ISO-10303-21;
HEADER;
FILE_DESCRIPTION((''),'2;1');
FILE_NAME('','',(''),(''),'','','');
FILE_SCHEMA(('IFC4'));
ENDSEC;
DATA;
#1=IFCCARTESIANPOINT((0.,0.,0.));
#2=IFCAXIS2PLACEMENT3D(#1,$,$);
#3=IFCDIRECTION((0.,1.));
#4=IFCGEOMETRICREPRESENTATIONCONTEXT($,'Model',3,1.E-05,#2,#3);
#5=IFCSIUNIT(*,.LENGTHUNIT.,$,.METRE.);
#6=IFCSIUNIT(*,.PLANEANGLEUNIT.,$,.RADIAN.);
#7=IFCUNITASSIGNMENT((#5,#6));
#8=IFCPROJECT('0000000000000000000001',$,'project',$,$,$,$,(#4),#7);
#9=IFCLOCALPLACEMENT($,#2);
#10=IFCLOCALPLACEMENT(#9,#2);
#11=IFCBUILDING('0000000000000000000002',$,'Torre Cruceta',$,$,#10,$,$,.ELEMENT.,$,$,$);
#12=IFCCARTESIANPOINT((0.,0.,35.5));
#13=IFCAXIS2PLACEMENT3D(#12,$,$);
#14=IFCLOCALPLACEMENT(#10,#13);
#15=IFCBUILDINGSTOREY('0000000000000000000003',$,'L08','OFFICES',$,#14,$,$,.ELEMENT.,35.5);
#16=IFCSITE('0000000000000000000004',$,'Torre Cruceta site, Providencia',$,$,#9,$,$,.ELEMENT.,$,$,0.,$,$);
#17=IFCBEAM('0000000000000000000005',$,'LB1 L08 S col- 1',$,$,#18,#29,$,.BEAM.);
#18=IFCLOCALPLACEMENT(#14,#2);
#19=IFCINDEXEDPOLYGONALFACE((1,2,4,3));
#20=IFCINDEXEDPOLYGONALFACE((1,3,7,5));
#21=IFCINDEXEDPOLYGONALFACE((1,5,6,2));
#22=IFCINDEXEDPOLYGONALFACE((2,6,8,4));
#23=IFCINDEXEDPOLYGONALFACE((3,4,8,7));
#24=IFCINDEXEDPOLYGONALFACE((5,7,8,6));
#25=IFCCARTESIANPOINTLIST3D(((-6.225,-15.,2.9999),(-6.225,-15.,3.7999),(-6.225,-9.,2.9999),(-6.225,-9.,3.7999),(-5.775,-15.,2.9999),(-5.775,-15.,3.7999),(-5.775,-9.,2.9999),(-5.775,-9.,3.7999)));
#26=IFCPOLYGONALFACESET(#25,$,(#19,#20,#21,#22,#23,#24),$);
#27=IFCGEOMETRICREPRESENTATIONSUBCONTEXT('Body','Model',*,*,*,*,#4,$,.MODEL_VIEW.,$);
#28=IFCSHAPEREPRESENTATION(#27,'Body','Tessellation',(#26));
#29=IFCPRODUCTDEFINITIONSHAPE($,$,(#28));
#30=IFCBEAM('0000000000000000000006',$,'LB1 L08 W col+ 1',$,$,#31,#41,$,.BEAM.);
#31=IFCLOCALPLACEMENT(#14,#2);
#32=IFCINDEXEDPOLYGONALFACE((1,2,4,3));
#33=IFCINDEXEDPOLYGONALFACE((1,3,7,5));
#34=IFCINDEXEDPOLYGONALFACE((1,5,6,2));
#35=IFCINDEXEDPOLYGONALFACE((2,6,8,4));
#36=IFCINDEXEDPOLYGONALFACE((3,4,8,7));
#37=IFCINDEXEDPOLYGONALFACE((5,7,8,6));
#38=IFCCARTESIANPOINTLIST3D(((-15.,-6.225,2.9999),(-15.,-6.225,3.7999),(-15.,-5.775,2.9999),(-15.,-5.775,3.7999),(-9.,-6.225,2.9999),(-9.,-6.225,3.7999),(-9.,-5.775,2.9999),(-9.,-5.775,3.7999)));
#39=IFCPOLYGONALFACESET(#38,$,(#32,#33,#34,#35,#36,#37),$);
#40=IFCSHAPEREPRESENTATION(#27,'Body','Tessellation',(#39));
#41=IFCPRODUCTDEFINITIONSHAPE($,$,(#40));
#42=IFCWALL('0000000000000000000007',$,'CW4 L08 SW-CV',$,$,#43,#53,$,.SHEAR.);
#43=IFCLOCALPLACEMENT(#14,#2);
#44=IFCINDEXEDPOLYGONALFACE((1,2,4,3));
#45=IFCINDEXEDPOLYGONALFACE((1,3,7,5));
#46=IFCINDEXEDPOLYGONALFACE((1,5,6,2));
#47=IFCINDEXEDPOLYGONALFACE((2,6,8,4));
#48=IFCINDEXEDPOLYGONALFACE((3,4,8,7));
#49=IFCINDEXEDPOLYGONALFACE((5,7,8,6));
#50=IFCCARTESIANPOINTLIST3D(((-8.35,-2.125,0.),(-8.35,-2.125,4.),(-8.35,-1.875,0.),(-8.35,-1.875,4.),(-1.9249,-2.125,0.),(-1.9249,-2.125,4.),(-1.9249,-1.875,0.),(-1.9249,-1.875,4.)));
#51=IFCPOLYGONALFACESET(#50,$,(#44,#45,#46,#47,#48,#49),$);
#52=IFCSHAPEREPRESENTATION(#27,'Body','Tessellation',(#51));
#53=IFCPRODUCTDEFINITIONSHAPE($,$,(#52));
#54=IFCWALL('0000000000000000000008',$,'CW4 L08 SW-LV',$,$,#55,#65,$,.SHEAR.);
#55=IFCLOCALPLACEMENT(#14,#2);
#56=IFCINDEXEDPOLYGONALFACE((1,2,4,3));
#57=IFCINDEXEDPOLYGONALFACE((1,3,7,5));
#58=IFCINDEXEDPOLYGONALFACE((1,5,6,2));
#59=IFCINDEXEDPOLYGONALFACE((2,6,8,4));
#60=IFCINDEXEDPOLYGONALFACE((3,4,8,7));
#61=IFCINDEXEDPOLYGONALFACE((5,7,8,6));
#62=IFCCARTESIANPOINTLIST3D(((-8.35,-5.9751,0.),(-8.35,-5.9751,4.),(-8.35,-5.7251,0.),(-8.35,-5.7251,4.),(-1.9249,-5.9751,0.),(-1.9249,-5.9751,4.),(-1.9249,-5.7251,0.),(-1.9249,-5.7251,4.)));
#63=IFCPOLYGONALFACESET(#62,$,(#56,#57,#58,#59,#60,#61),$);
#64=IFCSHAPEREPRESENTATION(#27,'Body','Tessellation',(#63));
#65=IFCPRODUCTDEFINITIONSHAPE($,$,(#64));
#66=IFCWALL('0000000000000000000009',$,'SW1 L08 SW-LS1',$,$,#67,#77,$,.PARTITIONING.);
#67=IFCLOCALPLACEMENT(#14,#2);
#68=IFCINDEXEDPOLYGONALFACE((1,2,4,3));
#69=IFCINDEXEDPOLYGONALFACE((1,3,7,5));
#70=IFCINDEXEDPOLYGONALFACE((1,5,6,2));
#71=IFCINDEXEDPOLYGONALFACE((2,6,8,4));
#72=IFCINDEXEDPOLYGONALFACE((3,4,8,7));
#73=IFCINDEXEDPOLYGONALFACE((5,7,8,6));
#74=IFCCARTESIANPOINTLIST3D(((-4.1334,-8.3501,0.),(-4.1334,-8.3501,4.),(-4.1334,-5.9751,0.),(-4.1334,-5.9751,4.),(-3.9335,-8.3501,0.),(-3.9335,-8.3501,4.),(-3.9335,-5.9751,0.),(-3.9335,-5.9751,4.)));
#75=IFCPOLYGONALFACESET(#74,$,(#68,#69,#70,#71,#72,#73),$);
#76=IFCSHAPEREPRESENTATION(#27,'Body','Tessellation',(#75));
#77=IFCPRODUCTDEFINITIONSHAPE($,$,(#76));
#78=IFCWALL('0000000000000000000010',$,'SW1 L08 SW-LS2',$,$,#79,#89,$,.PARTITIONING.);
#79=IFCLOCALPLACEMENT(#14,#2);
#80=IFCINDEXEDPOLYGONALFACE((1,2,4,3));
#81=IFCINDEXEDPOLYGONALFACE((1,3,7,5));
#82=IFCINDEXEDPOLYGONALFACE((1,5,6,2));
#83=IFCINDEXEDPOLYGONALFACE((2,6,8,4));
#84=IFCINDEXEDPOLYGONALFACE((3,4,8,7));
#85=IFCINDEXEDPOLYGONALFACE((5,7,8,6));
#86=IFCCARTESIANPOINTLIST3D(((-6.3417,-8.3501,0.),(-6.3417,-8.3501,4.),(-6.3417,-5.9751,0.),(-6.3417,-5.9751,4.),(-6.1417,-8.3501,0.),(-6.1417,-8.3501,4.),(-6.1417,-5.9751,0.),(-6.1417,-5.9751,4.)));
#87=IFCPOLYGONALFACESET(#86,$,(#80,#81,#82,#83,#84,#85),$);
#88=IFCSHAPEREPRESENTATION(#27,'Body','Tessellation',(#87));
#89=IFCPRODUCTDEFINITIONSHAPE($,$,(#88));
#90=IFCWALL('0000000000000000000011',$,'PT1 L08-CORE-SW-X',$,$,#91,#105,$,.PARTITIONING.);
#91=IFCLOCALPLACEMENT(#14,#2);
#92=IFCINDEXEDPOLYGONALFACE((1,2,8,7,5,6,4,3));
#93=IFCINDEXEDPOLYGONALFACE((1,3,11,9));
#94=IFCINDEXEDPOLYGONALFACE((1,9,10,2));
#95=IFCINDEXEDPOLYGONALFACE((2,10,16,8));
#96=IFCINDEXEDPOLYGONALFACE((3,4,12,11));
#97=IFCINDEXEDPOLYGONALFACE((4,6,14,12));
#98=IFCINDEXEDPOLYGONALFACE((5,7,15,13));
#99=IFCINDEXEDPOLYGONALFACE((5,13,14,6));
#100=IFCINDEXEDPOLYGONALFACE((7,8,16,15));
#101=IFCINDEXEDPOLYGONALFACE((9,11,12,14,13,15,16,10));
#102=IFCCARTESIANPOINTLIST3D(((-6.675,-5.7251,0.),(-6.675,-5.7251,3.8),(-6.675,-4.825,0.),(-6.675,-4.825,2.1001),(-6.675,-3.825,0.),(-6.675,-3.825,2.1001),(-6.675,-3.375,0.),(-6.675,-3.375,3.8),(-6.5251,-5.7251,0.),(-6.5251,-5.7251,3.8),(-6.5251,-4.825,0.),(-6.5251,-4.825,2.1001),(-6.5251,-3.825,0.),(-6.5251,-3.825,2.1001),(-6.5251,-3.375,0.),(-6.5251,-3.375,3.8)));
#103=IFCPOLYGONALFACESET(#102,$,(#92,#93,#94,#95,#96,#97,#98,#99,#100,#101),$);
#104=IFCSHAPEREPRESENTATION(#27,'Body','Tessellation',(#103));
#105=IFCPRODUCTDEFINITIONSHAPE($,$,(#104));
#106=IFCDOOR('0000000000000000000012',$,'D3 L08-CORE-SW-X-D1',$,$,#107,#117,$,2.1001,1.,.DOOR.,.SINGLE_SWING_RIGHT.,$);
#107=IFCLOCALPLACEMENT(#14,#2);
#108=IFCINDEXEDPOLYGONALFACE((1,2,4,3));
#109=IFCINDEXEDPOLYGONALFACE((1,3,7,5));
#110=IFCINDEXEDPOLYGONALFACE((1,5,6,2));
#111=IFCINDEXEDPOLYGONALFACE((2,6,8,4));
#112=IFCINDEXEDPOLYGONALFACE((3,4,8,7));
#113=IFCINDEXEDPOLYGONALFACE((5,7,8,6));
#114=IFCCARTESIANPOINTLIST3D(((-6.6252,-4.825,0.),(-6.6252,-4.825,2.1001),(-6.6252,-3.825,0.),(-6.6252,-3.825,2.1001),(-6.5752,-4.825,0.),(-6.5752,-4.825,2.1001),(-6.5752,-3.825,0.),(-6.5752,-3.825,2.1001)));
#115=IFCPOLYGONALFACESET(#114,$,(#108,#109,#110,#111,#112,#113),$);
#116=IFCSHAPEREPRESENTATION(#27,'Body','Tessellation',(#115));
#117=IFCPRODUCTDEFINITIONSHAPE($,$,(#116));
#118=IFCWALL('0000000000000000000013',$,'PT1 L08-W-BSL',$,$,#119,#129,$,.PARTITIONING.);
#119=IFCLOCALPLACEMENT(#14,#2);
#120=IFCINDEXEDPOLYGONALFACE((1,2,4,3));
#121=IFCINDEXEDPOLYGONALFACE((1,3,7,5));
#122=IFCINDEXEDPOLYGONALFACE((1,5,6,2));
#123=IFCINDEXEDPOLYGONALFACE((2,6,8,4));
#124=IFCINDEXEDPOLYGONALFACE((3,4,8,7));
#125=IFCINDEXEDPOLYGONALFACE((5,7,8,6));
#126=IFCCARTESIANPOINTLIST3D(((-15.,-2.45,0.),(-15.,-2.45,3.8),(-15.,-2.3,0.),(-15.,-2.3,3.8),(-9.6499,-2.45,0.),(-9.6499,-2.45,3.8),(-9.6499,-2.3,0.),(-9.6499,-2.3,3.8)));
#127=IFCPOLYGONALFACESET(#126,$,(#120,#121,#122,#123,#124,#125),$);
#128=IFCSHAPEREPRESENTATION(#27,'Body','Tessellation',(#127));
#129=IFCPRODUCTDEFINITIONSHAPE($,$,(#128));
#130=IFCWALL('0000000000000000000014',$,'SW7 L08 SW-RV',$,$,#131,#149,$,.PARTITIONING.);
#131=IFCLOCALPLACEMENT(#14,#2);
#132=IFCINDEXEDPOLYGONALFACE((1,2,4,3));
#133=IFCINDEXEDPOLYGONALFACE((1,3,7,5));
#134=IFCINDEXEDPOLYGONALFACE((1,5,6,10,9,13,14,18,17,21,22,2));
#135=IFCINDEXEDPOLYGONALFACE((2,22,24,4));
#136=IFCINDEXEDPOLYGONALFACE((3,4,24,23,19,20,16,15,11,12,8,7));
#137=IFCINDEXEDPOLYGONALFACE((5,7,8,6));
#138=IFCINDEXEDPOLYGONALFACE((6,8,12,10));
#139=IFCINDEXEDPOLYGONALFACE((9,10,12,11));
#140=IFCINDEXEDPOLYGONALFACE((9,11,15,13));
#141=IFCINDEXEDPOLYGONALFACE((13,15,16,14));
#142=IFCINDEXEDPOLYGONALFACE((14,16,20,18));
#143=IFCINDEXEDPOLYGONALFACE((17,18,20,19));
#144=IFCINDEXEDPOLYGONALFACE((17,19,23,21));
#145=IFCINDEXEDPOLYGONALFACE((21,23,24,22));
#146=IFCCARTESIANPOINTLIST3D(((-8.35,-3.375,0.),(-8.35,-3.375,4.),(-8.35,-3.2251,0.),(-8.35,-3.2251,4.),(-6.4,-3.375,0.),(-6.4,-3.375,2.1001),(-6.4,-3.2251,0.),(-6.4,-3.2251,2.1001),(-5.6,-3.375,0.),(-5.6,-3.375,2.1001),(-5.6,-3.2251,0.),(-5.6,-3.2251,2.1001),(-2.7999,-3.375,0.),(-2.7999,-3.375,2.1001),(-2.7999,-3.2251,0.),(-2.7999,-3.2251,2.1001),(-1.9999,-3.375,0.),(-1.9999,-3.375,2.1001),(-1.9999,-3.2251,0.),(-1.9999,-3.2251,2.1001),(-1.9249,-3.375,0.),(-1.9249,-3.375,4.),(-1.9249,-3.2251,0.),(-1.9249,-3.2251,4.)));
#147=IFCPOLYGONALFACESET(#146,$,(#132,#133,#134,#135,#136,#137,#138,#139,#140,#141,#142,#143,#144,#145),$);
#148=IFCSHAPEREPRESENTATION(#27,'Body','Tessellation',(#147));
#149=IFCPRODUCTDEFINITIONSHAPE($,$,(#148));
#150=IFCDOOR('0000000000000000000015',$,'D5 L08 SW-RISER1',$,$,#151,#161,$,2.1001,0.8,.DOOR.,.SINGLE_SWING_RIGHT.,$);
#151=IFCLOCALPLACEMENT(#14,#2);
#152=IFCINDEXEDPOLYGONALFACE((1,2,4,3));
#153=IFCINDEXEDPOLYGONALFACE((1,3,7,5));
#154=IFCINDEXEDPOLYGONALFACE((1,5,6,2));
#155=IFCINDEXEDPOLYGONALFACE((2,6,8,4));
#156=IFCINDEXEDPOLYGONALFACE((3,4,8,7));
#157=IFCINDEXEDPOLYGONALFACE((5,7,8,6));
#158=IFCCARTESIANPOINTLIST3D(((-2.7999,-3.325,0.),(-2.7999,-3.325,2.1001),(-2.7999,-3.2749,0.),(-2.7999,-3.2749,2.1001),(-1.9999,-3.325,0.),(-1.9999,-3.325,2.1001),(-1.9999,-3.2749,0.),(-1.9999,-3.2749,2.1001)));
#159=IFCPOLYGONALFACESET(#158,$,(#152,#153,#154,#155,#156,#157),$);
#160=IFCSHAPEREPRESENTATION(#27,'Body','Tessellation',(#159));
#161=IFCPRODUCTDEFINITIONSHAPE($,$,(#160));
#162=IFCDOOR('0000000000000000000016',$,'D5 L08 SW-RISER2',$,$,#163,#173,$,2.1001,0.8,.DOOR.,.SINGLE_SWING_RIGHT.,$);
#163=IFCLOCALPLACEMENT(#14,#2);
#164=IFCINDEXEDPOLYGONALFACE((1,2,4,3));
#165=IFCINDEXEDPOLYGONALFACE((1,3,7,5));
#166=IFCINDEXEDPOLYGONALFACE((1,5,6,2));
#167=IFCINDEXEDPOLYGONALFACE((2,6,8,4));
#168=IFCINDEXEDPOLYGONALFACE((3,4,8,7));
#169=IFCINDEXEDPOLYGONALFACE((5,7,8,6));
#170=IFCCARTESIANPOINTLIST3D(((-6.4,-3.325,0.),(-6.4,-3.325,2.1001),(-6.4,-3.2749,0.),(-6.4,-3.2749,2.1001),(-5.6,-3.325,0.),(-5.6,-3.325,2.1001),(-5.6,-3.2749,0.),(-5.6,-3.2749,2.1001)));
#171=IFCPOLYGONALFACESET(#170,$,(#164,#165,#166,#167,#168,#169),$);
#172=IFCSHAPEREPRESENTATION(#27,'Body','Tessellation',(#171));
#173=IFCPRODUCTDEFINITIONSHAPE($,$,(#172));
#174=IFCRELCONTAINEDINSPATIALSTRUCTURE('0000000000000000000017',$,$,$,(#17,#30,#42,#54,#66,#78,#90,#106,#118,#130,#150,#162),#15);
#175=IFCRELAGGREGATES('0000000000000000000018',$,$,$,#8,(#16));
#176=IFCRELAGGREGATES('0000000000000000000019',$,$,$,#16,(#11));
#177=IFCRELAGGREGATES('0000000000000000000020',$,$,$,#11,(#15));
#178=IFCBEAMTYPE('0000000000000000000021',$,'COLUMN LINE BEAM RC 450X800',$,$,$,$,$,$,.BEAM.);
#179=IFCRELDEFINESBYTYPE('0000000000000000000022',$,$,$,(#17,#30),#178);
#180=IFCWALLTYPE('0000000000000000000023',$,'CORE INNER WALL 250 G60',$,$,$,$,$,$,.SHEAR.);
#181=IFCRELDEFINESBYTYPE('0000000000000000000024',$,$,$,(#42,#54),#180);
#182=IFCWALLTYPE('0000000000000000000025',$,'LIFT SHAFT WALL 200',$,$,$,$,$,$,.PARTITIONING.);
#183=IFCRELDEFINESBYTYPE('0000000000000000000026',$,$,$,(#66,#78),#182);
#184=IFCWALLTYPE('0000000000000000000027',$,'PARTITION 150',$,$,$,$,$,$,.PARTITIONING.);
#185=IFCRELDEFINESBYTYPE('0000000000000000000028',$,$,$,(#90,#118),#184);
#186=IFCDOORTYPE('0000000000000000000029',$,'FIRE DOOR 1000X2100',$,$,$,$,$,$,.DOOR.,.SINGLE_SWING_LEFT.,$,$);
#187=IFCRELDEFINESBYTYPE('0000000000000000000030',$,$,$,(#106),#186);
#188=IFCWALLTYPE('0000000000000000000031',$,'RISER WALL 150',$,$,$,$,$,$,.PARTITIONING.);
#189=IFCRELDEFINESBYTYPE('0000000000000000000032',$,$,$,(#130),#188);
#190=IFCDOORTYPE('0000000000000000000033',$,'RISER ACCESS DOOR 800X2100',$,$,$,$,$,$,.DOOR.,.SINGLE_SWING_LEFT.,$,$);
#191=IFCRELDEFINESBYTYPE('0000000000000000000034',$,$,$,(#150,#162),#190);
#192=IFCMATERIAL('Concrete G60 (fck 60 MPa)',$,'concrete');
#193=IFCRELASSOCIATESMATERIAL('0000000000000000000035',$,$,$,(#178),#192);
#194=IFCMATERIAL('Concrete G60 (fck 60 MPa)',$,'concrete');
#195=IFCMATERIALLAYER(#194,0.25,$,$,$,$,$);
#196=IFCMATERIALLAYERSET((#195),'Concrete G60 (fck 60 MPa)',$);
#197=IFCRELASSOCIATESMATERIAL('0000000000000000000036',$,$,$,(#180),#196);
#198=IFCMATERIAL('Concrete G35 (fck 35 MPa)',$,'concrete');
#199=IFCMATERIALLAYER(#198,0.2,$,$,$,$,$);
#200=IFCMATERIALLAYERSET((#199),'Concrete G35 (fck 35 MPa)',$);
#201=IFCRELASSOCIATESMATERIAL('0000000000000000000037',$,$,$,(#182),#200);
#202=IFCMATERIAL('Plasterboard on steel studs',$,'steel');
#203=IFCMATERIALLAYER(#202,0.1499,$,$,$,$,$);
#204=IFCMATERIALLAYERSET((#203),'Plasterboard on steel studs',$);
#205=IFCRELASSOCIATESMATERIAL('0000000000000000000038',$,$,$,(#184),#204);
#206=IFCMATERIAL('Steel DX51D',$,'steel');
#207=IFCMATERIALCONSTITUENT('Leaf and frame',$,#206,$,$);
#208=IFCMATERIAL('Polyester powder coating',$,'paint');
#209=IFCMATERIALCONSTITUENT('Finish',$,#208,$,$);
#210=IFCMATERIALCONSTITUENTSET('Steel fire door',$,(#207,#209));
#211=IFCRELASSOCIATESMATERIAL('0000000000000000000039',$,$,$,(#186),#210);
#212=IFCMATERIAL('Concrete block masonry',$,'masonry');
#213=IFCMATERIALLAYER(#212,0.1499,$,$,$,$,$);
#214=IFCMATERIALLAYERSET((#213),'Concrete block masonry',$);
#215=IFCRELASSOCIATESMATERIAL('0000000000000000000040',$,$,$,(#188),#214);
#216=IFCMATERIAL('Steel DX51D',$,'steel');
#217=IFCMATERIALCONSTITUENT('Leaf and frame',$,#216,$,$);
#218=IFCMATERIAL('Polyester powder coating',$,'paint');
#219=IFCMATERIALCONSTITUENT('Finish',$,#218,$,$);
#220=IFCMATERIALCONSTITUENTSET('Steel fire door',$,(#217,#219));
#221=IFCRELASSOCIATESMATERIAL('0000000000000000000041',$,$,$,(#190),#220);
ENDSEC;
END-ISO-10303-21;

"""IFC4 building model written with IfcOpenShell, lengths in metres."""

from ifc_helpers import new_model, si_unit, direction, frame, frame_2d, origin, origin_2d, place, context, subcontext, project, spatial, rectangle, extrude, material, layer, layer_set, constituent, constituent_set, material_profile, profile_set, type_object, element, fill, save


model = new_model("IFC4")

# Units and contexts
model_context = context("Model", 3, precision=1e-05, world=origin(), true_north=direction((0.0, 1.0)))
body_context = subcontext(model_context, "Body", "Model", "MODEL_VIEW")
ifc_project = project(units=[si_unit("LENGTHUNIT", "METRE"), si_unit("PLANEANGLEUNIT", "RADIAN")], contexts=[model_context])

# Site, building, storey
site_placement = place(None, origin())
site = spatial("IfcSite", under=ifc_project, at=site_placement, Name="Torre Cruceta site, Providencia", CompositionType="ELEMENT", RefElevation=0.0)
building_placement = place(site_placement, origin())
building = spatial("IfcBuilding", under=site, at=building_placement, Name="Torre Cruceta", CompositionType="ELEMENT")
storey_placement = place(building_placement, frame((0.0, 0.0, 35.5)))
storey = spatial("IfcBuildingStorey", under=building, at=storey_placement, Name="L08", Description="OFFICES", CompositionType="ELEMENT", Elevation=35.5)

# Beams
ifc_material_1 = material(Name="Concrete G60 (fck 60 MPa)", Category="concrete")
ifc_material_profile = material_profile(ifc_material_1, rectangle(XDim=0.45, YDim=0.8, at=origin_2d()), Name="RC 450X800")
ifc_profile_set = profile_set([ifc_material_profile], Name="Concrete G60 (fck 60 MPa)")
beam_type = type_object("IfcBeamType", Name="COLUMN LINE BEAM RC 450X800", PredefinedType="BEAM", material=ifc_profile_set)
for number, where, z_axis, x_axis, name in (
    (1, (-6.0, -9.0, 3.3999), (0.0, -1.0, 0.0), (1.0, 0.0, 0.0), "LB1 L08 S col- 1"),
    (2, (-9.0, -6.0, 3.3999), (-1.0, 0.0, 0.0), (0.0, -1.0, 0.0), "LB1 L08 W col+ 1"),
):
    element("IfcBeam", number, at=place(storey_placement, frame(where, z_axis=z_axis, x_axis=x_axis)), inside=storey, type_object=beam_type, Name=name, PredefinedType="BEAM", context=body_context, shape_type="SweptSolid", body=[
        extrude(rectangle(XDim=0.45, YDim=0.8, at=origin_2d()), origin(), (0.0, 0.0, 1.0), 6.0),
    ])

# Shared definitions
ifc_material_2 = material(Name="Concrete G60 (fck 60 MPa)", Category="concrete")
ifc_layer_1 = layer(ifc_material_2, 0.25)
ifc_layer_set_1 = layer_set([ifc_layer_1], Name="Concrete G60 (fck 60 MPa)")
wall_type_1 = type_object("IfcWallType", Name="CORE INNER WALL 250 G60", PredefinedType="SHEAR", material=ifc_layer_set_1)

# Walls
for number, where, z_axis, x_axis, name in (
    (3, (-1.925, -2.0, 0.0), (0.0, 0.0, 1.0), (-1.0, 0.0, 0.0), "CW4 L08 SW-CV"),
    (4, (-1.925, -5.8501, 0.0), (0.0, 0.0, 1.0), (-1.0, 0.0, 0.0), "CW4 L08 SW-LV"),
):
    element("IfcWall", number, at=place(storey_placement, frame(where, z_axis=z_axis, x_axis=x_axis)), inside=storey, type_object=wall_type_1, Name=name, PredefinedType="SHEAR", context=body_context, shape_type="SweptSolid", body=[
        extrude(rectangle(XDim=6.425, YDim=0.25, at=frame_2d((3.2124, 0.0))), origin(), (0.0, 0.0, 1.0), 4.0),
    ])
ifc_material_3 = material(Name="Concrete G35 (fck 35 MPa)", Category="concrete")
ifc_layer_2 = layer(ifc_material_3, 0.2)
ifc_layer_set_2 = layer_set([ifc_layer_2], Name="Concrete G35 (fck 35 MPa)")
wall_type_2 = type_object("IfcWallType", Name="LIFT SHAFT WALL 200", PredefinedType="PARTITIONING", material=ifc_layer_set_2)
for number, where, z_axis, x_axis, name in (
    (5, (-4.0334, -5.9751, 0.0), (0.0, 0.0, 1.0), (0.0, -1.0, 0.0), "SW1 L08 SW-LS1"),
    (6, (-6.2417, -5.9751, 0.0), (0.0, 0.0, 1.0), (0.0, -1.0, 0.0), "SW1 L08 SW-LS2"),
):
    element("IfcWall", number, at=place(storey_placement, frame(where, z_axis=z_axis, x_axis=x_axis)), inside=storey, type_object=wall_type_2, Name=name, PredefinedType="PARTITIONING", context=body_context, shape_type="SweptSolid", body=[
        extrude(rectangle(XDim=2.375, YDim=0.2, at=frame_2d((1.1875, 0.0))), origin(), (0.0, 0.0, 1.0), 4.0),
    ])

# Wall, opening, door
ifc_material_4 = material(Name="Plasterboard on steel studs", Category="steel")
ifc_layer_3 = layer(ifc_material_4, 0.1499)
ifc_layer_set_3 = layer_set([ifc_layer_3], Name="Plasterboard on steel studs")
wall_type_3 = type_object("IfcWallType", Name="PARTITION 150", PredefinedType="PARTITIONING", material=ifc_layer_set_3)
wall_1_placement = place(storey_placement, frame((-6.6001, -3.375, 0.0), z_axis=(0.0, 0.0, 1.0), x_axis=(0.0, -1.0, 0.0)))
wall_1 = element("IfcWall", 7, at=wall_1_placement, inside=storey, type_object=wall_type_3, Name="PT1 L08-CORE-SW-X", PredefinedType="PARTITIONING", context=body_context, shape_type="SweptSolid", body=[
    extrude(rectangle(XDim=2.3501, YDim=0.1499, at=frame_2d((1.175, 0.0))), origin(), (0.0, 0.0, 1.0), 3.8),
])
opening_1_placement = place(wall_1_placement, frame((0.45, 0.0, 0.0)))
opening_1 = element("IfcOpeningElement", 8, at=opening_1_placement, cuts=wall_1, PredefinedType="OPENING", context=body_context, shape_type="SweptSolid", body=[
    extrude(rectangle(XDim=1.0, YDim=2.1001, at=frame_2d((0.5, 1.05))), frame((0.0, 0.085, 0.0), z_axis=(0.0, -1.0, 0.0), x_axis=(1.0, 0.0, 0.0)), (0.0, 0.0, 1.0), 0.1699),
])
ifc_material_5 = material(Name="Steel DX51D", Category="steel")
ifc_constituent_1 = constituent(ifc_material_5, Name="Leaf and frame")
ifc_material_6 = material(Name="Polyester powder coating", Category="paint")
ifc_constituent_2 = constituent(ifc_material_6, Name="Finish")
ifc_constituent_set_1 = constituent_set(constituents=[ifc_constituent_1, ifc_constituent_2], Name="Steel fire door")
door_type_1 = type_object("IfcDoorType", Name="FIRE DOOR 1000X2100", OperationType="SINGLE_SWING_LEFT", PredefinedType="DOOR", material=ifc_constituent_set_1)
door_1_placement = place(opening_1_placement, frame((1.0, 0.0, 0.0), z_axis=(0.0, 0.0, 1.0), x_axis=(-1.0, 0.0, 0.0)))
door_1 = element("IfcDoor", 9, at=door_1_placement, inside=storey, type_object=door_type_1, Name="D3 L08-CORE-SW-X-D1", OperationType="SINGLE_SWING_RIGHT", OverallHeight=2.1001, OverallWidth=1.0, PredefinedType="DOOR", context=body_context, shape_type="SweptSolid", body=[
    extrude(rectangle(XDim=1.0, YDim=2.1001, at=frame_2d((0.5, 1.05))), frame((0.0, 0.0251, 0.0), z_axis=(0.0, -1.0, 0.0), x_axis=(1.0, 0.0, 0.0)), (0.0, 0.0, 1.0), 0.05),
])
fill(opening_1, door_1)

# Wall
wall_2_placement = place(storey_placement, frame((-9.6499, -2.375, 0.0), z_axis=(0.0, 0.0, 1.0), x_axis=(-1.0, 0.0, 0.0)))
element("IfcWall", 10, at=wall_2_placement, inside=storey, type_object=wall_type_3, Name="PT1 L08-W-BSL", PredefinedType="PARTITIONING", context=body_context, shape_type="SweptSolid", body=[
    extrude(rectangle(XDim=5.3501, YDim=0.1499, at=frame_2d((2.675, 0.0))), origin(), (0.0, 0.0, 1.0), 3.8),
])

# Wall, openings, doors
ifc_material_7 = material(Name="Concrete block masonry", Category="masonry")
ifc_layer_4 = layer(ifc_material_7, 0.1499)
ifc_layer_set_4 = layer_set([ifc_layer_4], Name="Concrete block masonry")
wall_type_4 = type_object("IfcWallType", Name="RISER WALL 150", PredefinedType="PARTITIONING", material=ifc_layer_set_4)
wall_3_placement = place(storey_placement, frame((-1.925, -3.3, 0.0), z_axis=(0.0, 0.0, 1.0), x_axis=(-1.0, 0.0, 0.0)))
wall_3 = element("IfcWall", 11, at=wall_3_placement, inside=storey, type_object=wall_type_4, Name="SW7 L08 SW-RV", PredefinedType="PARTITIONING", context=body_context, shape_type="SweptSolid", body=[
    extrude(rectangle(XDim=6.425, YDim=0.1499, at=frame_2d((3.2124, 0.0))), origin(), (0.0, 0.0, 1.0), 4.0),
])
opening_2_placement = place(wall_3_placement, frame((0.075, 0.0, 0.0)))
opening_2 = element("IfcOpeningElement", 12, at=opening_2_placement, cuts=wall_3, PredefinedType="OPENING", context=body_context, shape_type="SweptSolid", body=[
    extrude(rectangle(XDim=0.8, YDim=2.1001, at=frame_2d((0.3999, 1.05))), frame((0.0, 0.085, 0.0), z_axis=(0.0, -1.0, 0.0), x_axis=(1.0, 0.0, 0.0)), (0.0, 0.0, 1.0), 0.1699),
])
opening_3_placement = place(wall_3_placement, frame((3.675, 0.0, 0.0)))
opening_3 = element("IfcOpeningElement", 13, at=opening_3_placement, cuts=wall_3, PredefinedType="OPENING", context=body_context, shape_type="SweptSolid", body=[
    extrude(rectangle(XDim=0.8, YDim=2.1001, at=frame_2d((0.3999, 1.05))), frame((0.0, 0.085, 0.0), z_axis=(0.0, -1.0, 0.0), x_axis=(1.0, 0.0, 0.0)), (0.0, 0.0, 1.0), 0.1699),
])
ifc_material_8 = material(Name="Steel DX51D", Category="steel")
ifc_constituent_3 = constituent(ifc_material_8, Name="Leaf and frame")
ifc_material_9 = material(Name="Polyester powder coating", Category="paint")
ifc_constituent_4 = constituent(ifc_material_9, Name="Finish")
ifc_constituent_set_2 = constituent_set(constituents=[ifc_constituent_3, ifc_constituent_4], Name="Steel fire door")
door_type_2 = type_object("IfcDoorType", Name="RISER ACCESS DOOR 800X2100", OperationType="SINGLE_SWING_LEFT", PredefinedType="DOOR", material=ifc_constituent_set_2)
door_2_placement = place(opening_2_placement, frame((0.8, 0.0, 0.0), z_axis=(0.0, 0.0, 1.0), x_axis=(-1.0, 0.0, 0.0)))
door_2 = element("IfcDoor", 14, at=door_2_placement, inside=storey, type_object=door_type_2, Name="D5 L08 SW-RISER1", OperationType="SINGLE_SWING_RIGHT", OverallHeight=2.1001, OverallWidth=0.8, PredefinedType="DOOR", context=body_context, shape_type="SweptSolid", body=[
    extrude(rectangle(XDim=0.8, YDim=2.1001, at=frame_2d((0.4001, 1.05))), frame((0.0, 0.0251, 0.0), z_axis=(0.0, -1.0, 0.0), x_axis=(1.0, 0.0, 0.0)), (0.0, 0.0, 1.0), 0.05),
])
fill(opening_2, door_2)
door_3_placement = place(opening_3_placement, frame((0.8, 0.0, 0.0), z_axis=(0.0, 0.0, 1.0), x_axis=(-1.0, 0.0, 0.0)))
door_3 = element("IfcDoor", 15, at=door_3_placement, inside=storey, type_object=door_type_2, Name="D5 L08 SW-RISER2", OperationType="SINGLE_SWING_RIGHT", OverallHeight=2.1001, OverallWidth=0.8, PredefinedType="DOOR", context=body_context, shape_type="SweptSolid", body=[
    extrude(rectangle(XDim=0.8, YDim=2.1001, at=frame_2d((0.4001, 1.05))), frame((0.0, 0.0251, 0.0), z_axis=(0.0, -1.0, 0.0), x_axis=(1.0, 0.0, 0.0)), (0.0, 0.0, 1.0), 0.05),
])
fill(opening_3, door_3)

save(model, "model.ifc")
